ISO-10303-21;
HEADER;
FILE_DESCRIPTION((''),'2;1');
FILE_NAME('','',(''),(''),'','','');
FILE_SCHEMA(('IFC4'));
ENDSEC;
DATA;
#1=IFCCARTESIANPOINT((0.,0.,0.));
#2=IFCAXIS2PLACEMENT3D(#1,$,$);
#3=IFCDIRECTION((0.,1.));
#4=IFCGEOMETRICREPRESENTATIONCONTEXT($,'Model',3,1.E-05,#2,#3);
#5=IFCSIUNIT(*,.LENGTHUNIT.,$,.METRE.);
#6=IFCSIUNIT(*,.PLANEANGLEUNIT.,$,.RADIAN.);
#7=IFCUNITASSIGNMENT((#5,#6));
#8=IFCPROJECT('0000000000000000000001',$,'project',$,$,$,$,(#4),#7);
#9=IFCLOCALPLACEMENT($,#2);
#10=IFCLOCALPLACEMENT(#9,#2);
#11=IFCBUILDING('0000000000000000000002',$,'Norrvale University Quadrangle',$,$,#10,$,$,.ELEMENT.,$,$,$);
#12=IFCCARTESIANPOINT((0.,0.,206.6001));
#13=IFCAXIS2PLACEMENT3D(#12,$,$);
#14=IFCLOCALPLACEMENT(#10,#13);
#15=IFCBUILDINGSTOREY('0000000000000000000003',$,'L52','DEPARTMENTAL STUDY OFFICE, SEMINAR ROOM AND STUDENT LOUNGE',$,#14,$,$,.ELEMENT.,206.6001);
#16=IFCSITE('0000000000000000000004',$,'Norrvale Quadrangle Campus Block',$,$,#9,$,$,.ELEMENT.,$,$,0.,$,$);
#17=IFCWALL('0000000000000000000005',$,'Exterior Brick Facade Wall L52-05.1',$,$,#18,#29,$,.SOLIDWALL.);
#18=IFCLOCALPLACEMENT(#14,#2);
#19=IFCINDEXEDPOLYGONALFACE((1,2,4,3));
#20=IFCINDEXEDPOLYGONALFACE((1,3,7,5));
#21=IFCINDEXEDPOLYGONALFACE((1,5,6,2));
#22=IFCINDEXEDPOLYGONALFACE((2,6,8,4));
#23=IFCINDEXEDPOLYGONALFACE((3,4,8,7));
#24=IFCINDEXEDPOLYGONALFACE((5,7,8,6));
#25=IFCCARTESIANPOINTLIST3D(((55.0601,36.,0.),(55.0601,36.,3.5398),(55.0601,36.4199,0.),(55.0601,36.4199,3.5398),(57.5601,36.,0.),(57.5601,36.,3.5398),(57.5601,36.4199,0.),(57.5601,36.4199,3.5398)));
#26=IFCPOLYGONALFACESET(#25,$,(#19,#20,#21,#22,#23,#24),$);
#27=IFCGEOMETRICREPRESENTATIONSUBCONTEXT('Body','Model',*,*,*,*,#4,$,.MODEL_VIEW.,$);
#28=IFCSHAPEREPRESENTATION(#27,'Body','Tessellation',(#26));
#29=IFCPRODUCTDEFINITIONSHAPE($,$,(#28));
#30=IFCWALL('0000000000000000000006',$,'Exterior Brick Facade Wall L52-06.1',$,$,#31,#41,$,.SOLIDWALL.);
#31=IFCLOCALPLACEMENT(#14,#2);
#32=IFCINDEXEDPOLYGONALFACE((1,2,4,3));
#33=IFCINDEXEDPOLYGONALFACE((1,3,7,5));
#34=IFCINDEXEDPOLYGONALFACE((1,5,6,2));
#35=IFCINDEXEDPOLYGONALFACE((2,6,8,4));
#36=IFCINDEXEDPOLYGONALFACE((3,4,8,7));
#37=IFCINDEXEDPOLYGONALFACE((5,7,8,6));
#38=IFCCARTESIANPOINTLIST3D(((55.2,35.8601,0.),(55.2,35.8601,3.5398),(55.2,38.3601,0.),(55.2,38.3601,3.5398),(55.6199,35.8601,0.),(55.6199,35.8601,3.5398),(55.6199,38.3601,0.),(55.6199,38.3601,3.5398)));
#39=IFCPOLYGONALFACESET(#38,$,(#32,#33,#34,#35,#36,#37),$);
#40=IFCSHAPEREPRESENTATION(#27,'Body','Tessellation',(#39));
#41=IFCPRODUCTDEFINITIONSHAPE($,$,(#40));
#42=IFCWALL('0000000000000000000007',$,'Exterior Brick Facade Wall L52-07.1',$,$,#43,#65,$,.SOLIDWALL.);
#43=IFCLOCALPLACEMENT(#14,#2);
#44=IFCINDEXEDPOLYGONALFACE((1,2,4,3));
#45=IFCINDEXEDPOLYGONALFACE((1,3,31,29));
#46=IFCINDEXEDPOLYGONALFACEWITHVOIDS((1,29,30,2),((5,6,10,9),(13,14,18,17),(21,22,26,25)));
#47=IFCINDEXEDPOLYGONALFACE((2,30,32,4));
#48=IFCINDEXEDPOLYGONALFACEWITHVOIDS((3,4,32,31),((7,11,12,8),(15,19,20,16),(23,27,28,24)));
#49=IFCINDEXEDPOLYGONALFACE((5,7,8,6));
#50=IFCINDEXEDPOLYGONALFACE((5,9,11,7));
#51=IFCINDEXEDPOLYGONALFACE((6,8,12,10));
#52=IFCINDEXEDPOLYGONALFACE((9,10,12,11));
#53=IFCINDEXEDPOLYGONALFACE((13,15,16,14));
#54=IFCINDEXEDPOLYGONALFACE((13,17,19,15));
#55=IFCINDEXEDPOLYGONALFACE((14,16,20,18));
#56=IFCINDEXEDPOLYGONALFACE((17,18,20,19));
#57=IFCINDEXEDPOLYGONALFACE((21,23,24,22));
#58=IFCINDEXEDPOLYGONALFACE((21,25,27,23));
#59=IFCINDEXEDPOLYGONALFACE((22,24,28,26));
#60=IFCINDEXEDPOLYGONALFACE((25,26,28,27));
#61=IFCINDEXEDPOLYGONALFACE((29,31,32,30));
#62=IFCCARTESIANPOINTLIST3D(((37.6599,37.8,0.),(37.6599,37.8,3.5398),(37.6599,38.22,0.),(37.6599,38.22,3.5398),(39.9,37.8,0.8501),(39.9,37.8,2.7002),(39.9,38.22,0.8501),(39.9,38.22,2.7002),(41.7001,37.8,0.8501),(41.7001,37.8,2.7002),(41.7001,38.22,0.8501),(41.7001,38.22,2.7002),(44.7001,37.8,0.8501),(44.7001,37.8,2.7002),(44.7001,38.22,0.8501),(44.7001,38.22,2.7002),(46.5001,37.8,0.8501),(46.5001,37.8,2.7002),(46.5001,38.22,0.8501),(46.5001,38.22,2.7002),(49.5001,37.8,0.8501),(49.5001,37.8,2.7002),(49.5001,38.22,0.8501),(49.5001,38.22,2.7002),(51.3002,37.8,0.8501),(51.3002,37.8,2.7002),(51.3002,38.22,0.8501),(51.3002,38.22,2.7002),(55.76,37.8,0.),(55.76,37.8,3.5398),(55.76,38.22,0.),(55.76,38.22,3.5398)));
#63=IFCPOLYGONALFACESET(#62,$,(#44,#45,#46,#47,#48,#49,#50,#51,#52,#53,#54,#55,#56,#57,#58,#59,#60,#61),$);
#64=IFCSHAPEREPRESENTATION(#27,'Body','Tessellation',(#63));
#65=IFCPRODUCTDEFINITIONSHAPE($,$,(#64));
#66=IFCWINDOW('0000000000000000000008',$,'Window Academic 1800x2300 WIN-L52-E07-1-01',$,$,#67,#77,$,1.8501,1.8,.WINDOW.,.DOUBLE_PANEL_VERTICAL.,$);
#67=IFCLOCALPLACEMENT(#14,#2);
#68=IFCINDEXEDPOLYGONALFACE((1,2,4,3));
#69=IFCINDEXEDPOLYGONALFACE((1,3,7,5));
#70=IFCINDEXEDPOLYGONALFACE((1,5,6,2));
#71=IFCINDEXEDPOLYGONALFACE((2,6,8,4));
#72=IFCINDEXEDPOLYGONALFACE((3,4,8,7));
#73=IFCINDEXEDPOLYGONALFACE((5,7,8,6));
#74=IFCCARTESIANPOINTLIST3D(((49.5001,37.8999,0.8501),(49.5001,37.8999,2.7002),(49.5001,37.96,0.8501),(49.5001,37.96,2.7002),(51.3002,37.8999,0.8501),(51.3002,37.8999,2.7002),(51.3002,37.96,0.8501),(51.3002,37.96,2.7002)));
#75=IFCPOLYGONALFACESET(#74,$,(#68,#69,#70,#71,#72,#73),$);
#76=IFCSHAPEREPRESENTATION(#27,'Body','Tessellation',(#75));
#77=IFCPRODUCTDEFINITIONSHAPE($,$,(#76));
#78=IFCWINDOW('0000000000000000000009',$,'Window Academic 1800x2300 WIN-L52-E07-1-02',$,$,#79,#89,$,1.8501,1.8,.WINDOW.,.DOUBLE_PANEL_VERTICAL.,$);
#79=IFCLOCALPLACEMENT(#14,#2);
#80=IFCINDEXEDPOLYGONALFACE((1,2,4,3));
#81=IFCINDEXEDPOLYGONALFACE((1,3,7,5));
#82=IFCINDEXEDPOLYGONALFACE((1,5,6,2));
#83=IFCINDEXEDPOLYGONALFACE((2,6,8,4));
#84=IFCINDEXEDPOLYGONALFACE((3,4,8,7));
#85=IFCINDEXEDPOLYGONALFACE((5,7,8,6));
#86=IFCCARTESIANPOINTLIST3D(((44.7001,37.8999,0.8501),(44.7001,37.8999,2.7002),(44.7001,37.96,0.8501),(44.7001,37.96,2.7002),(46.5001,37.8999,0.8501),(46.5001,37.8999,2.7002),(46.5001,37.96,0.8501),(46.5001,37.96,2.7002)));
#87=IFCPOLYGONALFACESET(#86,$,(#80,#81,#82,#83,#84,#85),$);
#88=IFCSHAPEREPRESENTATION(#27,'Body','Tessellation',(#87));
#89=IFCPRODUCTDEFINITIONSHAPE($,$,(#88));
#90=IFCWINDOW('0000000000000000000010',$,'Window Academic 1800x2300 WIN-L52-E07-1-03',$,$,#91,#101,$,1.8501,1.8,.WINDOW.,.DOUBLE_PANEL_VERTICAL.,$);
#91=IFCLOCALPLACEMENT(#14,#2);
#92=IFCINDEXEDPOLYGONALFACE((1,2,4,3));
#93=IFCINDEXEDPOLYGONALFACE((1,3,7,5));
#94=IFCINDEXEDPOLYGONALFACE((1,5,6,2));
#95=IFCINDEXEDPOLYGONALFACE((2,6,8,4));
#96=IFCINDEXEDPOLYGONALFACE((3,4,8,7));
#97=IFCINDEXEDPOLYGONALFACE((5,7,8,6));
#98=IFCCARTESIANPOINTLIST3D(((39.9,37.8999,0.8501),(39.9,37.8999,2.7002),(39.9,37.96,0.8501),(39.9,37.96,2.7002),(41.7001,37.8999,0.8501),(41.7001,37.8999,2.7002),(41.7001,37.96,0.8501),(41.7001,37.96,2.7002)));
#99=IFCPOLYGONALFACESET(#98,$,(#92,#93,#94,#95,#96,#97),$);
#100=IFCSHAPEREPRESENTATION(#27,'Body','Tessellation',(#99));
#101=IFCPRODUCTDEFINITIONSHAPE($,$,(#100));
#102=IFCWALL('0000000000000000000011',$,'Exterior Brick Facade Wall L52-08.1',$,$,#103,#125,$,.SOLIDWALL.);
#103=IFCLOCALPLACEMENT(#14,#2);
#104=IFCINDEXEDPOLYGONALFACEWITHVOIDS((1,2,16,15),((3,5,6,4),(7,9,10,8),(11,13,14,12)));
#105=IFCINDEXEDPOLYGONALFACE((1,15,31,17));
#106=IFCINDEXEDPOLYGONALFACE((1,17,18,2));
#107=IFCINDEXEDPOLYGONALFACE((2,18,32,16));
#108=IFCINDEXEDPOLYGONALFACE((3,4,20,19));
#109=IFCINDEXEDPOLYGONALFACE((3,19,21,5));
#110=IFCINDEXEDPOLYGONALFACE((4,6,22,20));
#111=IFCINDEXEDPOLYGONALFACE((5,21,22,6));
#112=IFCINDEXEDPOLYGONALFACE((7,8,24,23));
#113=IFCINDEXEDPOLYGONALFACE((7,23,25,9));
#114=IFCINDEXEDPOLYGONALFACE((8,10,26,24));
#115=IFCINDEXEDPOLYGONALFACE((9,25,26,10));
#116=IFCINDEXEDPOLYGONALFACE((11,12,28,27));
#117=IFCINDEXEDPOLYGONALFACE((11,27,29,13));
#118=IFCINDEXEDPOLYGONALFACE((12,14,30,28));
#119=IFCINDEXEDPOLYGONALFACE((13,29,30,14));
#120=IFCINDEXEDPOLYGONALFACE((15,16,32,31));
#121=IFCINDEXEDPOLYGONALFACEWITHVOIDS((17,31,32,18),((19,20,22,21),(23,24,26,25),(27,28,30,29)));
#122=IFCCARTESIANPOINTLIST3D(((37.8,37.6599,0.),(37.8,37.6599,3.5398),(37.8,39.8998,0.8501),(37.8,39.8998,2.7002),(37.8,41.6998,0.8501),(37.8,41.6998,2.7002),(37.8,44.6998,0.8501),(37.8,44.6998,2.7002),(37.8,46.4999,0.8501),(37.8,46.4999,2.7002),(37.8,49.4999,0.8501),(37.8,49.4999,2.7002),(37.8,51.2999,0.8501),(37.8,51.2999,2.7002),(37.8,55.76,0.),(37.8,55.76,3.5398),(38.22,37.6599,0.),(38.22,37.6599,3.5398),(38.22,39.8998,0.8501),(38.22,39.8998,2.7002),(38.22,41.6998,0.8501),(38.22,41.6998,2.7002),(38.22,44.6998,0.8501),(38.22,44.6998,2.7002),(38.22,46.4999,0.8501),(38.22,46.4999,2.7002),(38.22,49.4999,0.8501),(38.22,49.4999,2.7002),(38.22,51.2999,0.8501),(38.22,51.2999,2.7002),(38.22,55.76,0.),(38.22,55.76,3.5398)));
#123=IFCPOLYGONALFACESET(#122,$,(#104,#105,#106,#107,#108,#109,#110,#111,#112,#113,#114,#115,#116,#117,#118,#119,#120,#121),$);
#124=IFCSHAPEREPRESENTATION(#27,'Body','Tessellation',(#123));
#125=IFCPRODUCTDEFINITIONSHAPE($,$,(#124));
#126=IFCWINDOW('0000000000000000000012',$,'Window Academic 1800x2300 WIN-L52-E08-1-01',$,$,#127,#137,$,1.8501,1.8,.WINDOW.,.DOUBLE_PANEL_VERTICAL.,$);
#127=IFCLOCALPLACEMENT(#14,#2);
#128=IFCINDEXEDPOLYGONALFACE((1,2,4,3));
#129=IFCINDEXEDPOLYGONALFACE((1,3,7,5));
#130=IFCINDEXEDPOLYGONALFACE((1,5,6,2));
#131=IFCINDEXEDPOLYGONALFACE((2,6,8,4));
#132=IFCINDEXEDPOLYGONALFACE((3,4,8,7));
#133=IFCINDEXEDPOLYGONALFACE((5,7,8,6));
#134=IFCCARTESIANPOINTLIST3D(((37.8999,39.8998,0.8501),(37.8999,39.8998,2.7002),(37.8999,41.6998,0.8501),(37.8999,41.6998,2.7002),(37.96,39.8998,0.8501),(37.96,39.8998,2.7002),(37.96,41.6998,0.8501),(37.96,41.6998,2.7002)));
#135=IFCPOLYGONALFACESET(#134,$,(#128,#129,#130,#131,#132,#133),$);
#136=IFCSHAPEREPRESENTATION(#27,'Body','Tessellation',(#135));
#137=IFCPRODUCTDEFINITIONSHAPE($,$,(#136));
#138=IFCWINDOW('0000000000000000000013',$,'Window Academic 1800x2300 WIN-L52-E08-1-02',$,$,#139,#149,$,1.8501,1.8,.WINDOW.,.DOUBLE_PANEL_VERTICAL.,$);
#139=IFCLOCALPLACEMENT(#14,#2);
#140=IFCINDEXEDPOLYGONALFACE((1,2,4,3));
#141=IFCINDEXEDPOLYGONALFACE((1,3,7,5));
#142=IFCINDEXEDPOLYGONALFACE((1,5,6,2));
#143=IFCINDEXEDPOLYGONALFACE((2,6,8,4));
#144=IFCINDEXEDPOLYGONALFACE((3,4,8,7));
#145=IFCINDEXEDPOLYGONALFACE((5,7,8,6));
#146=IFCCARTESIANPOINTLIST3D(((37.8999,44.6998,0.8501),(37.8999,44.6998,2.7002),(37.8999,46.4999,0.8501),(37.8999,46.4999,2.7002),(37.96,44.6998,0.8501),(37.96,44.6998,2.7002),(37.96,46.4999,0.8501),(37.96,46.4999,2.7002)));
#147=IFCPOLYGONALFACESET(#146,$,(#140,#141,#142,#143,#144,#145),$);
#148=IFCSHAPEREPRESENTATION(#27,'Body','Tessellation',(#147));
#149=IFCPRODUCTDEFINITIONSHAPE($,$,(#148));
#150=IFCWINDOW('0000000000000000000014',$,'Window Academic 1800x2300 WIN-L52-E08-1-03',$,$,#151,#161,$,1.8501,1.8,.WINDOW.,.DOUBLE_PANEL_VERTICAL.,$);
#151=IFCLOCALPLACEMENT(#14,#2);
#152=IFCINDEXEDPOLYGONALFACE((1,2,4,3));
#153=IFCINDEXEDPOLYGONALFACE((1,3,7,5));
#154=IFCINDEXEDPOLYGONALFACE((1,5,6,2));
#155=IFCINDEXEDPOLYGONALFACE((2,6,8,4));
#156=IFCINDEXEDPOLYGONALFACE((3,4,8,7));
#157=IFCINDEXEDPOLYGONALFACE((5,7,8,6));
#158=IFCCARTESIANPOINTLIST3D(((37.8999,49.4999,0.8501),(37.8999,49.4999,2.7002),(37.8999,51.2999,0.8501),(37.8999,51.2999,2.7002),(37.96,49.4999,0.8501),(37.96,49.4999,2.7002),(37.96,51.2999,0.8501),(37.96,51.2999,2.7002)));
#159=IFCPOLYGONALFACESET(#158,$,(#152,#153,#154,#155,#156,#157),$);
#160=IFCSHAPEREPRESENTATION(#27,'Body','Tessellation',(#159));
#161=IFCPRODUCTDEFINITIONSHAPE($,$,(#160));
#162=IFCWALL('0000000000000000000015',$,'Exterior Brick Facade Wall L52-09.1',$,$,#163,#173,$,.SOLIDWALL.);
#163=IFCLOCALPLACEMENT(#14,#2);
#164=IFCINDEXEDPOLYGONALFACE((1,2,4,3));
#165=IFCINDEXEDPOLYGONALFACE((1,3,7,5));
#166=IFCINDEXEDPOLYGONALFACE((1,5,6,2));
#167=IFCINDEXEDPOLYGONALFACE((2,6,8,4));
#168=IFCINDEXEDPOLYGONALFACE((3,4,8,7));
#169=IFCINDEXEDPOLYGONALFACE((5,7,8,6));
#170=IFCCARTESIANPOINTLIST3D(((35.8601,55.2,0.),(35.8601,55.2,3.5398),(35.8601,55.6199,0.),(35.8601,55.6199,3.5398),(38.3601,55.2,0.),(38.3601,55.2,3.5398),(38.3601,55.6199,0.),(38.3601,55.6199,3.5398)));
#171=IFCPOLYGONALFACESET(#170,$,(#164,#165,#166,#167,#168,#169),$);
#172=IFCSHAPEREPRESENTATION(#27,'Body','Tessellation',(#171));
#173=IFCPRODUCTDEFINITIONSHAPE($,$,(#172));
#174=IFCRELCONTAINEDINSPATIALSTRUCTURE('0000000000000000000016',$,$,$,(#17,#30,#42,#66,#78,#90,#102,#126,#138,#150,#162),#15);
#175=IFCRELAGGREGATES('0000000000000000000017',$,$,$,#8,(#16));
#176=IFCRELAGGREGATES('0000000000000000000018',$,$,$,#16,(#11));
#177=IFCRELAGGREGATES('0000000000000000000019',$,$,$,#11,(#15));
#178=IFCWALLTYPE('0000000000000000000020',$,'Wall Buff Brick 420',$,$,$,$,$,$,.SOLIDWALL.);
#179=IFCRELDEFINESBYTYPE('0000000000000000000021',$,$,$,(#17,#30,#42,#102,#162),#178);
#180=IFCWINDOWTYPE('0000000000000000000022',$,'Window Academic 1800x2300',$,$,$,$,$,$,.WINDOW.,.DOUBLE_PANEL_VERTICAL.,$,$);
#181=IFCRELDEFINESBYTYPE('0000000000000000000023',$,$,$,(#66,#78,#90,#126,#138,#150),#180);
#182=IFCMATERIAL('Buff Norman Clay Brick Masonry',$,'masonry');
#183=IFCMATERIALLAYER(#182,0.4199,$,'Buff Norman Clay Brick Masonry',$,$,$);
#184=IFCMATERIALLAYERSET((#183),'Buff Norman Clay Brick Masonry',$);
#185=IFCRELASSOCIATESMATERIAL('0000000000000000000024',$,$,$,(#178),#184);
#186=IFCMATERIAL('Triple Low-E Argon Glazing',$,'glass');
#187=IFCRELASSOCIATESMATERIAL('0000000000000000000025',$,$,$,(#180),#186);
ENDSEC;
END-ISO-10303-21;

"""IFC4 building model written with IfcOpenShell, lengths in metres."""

from ifc_helpers import new_model, si_unit, direction, frame, frame_2d, origin, place, context, subcontext, project, spatial, rectangle, extrude, material, layer, layer_set, type_object, element, fill, save


model = new_model("IFC4")

# Units and contexts
model_context = context("Model", 3, precision=1e-05, world=origin(), true_north=direction((0.0, 1.0)))
body_context = subcontext(model_context, "Body", "Model", "MODEL_VIEW")
ifc_project = project(units=[si_unit("LENGTHUNIT", "METRE"), si_unit("PLANEANGLEUNIT", "RADIAN")], contexts=[model_context])

# Site, building, storey
site_placement = place(None, origin())
site = spatial("IfcSite", under=ifc_project, at=site_placement, Name="Norrvale Quadrangle Campus Block", CompositionType="ELEMENT", RefElevation=0.0)
building_placement = place(site_placement, origin())
building = spatial("IfcBuilding", under=site, at=building_placement, Name="Norrvale University Quadrangle", CompositionType="ELEMENT")
storey_placement = place(building_placement, frame((0.0, 0.0, 206.6001)))
storey = spatial("IfcBuildingStorey", under=building, at=storey_placement, Name="L52", Description="DEPARTMENTAL STUDY OFFICE, SEMINAR ROOM AND STUDENT LOUNGE", CompositionType="ELEMENT", Elevation=206.6001)

# Walls
ifc_material_1 = material(Name="Buff Norman Clay Brick Masonry", Category="masonry")
ifc_layer = layer(ifc_material_1, 0.4199, Name="Buff Norman Clay Brick Masonry")
ifc_layer_set = layer_set([ifc_layer], Name="Buff Norman Clay Brick Masonry")
wall_type = type_object("IfcWallType", Name="Wall Buff Brick 420", PredefinedType="SOLIDWALL", material=ifc_layer_set)
for number, where, z_axis, x_axis, name in (
    (1, (57.5601, 36.21, 0.0), (0.0, 0.0, 1.0), (-1.0, 0.0, 0.0), "Exterior Brick Facade Wall L52-05.1"),
    (2, (55.4099, 35.8601, 0.0), (0.0, 0.0, 1.0), (0.0, 1.0, 0.0), "Exterior Brick Facade Wall L52-06.1"),
):
    element("IfcWall", number, at=place(storey_placement, frame(where, z_axis=z_axis, x_axis=x_axis)), inside=storey, type_object=wall_type, Name=name, PredefinedType="SOLIDWALL", context=body_context, shape_type="SweptSolid", body=[
        extrude(rectangle(XDim=2.5, YDim=0.4199, at=frame_2d((1.25, 0.0))), origin(), (0.0, 0.0, 1.0), 3.5398),
    ])

# Walls, openings, windows
wall_1_placement = place(storey_placement, frame((55.76, 38.01, 0.0), z_axis=(0.0, 0.0, 1.0), x_axis=(-1.0, 0.0, 0.0)))
wall_1 = element("IfcWall", 3, at=wall_1_placement, inside=storey, type_object=wall_type, Name="Exterior Brick Facade Wall L52-07.1", PredefinedType="SOLIDWALL", context=body_context, shape_type="SweptSolid", body=[
    extrude(rectangle(XDim=18.1001, YDim=0.4199, at=frame_2d((9.05, 0.0))), origin(), (0.0, 0.0, 1.0), 3.5398),
])
opening_1_placement = place(wall_1_placement, frame((4.46, 0.0, 0.8501)))
opening_1 = element("IfcOpeningElement", 4, at=opening_1_placement, cuts=wall_1, PredefinedType="OPENING", context=body_context, shape_type="SweptSolid", body=[
    extrude(rectangle(XDim=1.8, YDim=1.8501, at=frame_2d((0.8999, 0.925))), frame((0.0, 0.2219, 0.0), z_axis=(0.0, -1.0, 0.0), x_axis=(1.0, 0.0, 0.0)), (0.0, 0.0, 1.0), 0.4438),
])
opening_2_placement = place(wall_1_placement, frame((9.26, 0.0, 0.8501)))
opening_2 = element("IfcOpeningElement", 5, at=opening_2_placement, cuts=wall_1, PredefinedType="OPENING", context=body_context, shape_type="SweptSolid", body=[
    extrude(rectangle(XDim=1.8, YDim=1.8501, at=frame_2d((0.8999, 0.925))), frame((0.0, 0.2219, 0.0), z_axis=(0.0, -1.0, 0.0), x_axis=(1.0, 0.0, 0.0)), (0.0, 0.0, 1.0), 0.4438),
])
opening_3_placement = place(wall_1_placement, frame((14.0601, 0.0, 0.8501)))
opening_3 = element("IfcOpeningElement", 6, at=opening_3_placement, cuts=wall_1, PredefinedType="OPENING", context=body_context, shape_type="SweptSolid", body=[
    extrude(rectangle(XDim=1.8, YDim=1.8501, at=frame_2d((0.8999, 0.925))), frame((0.0, 0.2219, 0.0), z_axis=(0.0, -1.0, 0.0), x_axis=(1.0, 0.0, 0.0)), (0.0, 0.0, 1.0), 0.4438),
])
ifc_material_2 = material(Name="Triple Low-E Argon Glazing", Category="glass")
window_type_1 = type_object("IfcWindowType", Name="Window Academic 1800x2300", PartitioningType="DOUBLE_PANEL_VERTICAL", PredefinedType="WINDOW", material=ifc_material_2)
window_1_placement = place(opening_1_placement, origin())
window_1 = element("IfcWindow", 7, at=window_1_placement, inside=storey, type_object=window_type_1, Name="Window Academic 1800x2300 WIN-L52-E07-1-01", OverallHeight=1.8501, OverallWidth=1.8, PartitioningType="DOUBLE_PANEL_VERTICAL", PredefinedType="WINDOW", context=body_context, shape_type="SweptSolid", body=[
    extrude(rectangle(XDim=1.8, YDim=1.8501, at=frame_2d((0.8999, 0.925))), frame((0.0, 0.1101, 0.0), z_axis=(0.0, -1.0, 0.0), x_axis=(1.0, 0.0, 0.0)), (0.0, 0.0, 1.0), 0.0601),
])
fill(opening_1, window_1)
window_2_placement = place(opening_2_placement, origin())
window_2 = element("IfcWindow", 8, at=window_2_placement, inside=storey, type_object=window_type_1, Name="Window Academic 1800x2300 WIN-L52-E07-1-02", OverallHeight=1.8501, OverallWidth=1.8, PartitioningType="DOUBLE_PANEL_VERTICAL", PredefinedType="WINDOW", context=body_context, shape_type="SweptSolid", body=[
    extrude(rectangle(XDim=1.8, YDim=1.8501, at=frame_2d((0.8999, 0.925))), frame((0.0, 0.1101, 0.0), z_axis=(0.0, -1.0, 0.0), x_axis=(1.0, 0.0, 0.0)), (0.0, 0.0, 1.0), 0.0601),
])
fill(opening_2, window_2)
window_3_placement = place(opening_3_placement, origin())
window_3 = element("IfcWindow", 9, at=window_3_placement, inside=storey, type_object=window_type_1, Name="Window Academic 1800x2300 WIN-L52-E07-1-03", OverallHeight=1.8501, OverallWidth=1.8, PartitioningType="DOUBLE_PANEL_VERTICAL", PredefinedType="WINDOW", context=body_context, shape_type="SweptSolid", body=[
    extrude(rectangle(XDim=1.8, YDim=1.8501, at=frame_2d((0.8999, 0.925))), frame((0.0, 0.1101, 0.0), z_axis=(0.0, -1.0, 0.0), x_axis=(1.0, 0.0, 0.0)), (0.0, 0.0, 1.0), 0.0601),
])
fill(opening_3, window_3)
wall_2_placement = place(storey_placement, frame((38.01, 37.6599, 0.0), z_axis=(0.0, 0.0, 1.0), x_axis=(0.0, 1.0, 0.0)))
wall_2 = element("IfcWall", 10, at=wall_2_placement, inside=storey, type_object=wall_type, Name="Exterior Brick Facade Wall L52-08.1", PredefinedType="SOLIDWALL", context=body_context, shape_type="SweptSolid", body=[
    extrude(rectangle(XDim=18.1001, YDim=0.4199, at=frame_2d((9.05, 0.0))), origin(), (0.0, 0.0, 1.0), 3.5398),
])
opening_4_placement = place(wall_2_placement, frame((2.24, 0.0, 0.8501)))
opening_4 = element("IfcOpeningElement", 11, at=opening_4_placement, cuts=wall_2, PredefinedType="OPENING", context=body_context, shape_type="SweptSolid", body=[
    extrude(rectangle(XDim=1.8, YDim=1.8501, at=frame_2d((0.8999, 0.925))), frame((0.0, 0.2219, 0.0), z_axis=(0.0, -1.0, 0.0), x_axis=(1.0, 0.0, 0.0)), (0.0, 0.0, 1.0), 0.4438),
])
opening_5_placement = place(wall_2_placement, frame((7.04, 0.0, 0.8501)))
opening_5 = element("IfcOpeningElement", 12, at=opening_5_placement, cuts=wall_2, PredefinedType="OPENING", context=body_context, shape_type="SweptSolid", body=[
    extrude(rectangle(XDim=1.8, YDim=1.8501, at=frame_2d((0.8999, 0.925))), frame((0.0, 0.2219, 0.0), z_axis=(0.0, -1.0, 0.0), x_axis=(1.0, 0.0, 0.0)), (0.0, 0.0, 1.0), 0.4438),
])
opening_6_placement = place(wall_2_placement, frame((11.8401, 0.0, 0.8501)))
opening_6 = element("IfcOpeningElement", 13, at=opening_6_placement, cuts=wall_2, PredefinedType="OPENING", context=body_context, shape_type="SweptSolid", body=[
    extrude(rectangle(XDim=1.8, YDim=1.8501, at=frame_2d((0.8999, 0.925))), frame((0.0, 0.2219, 0.0), z_axis=(0.0, -1.0, 0.0), x_axis=(1.0, 0.0, 0.0)), (0.0, 0.0, 1.0), 0.4438),
])
window_4_placement = place(opening_4_placement, origin())
window_4 = element("IfcWindow", 14, at=window_4_placement, inside=storey, type_object=window_type_1, Name="Window Academic 1800x2300 WIN-L52-E08-1-01", OverallHeight=1.8501, OverallWidth=1.8, PartitioningType="DOUBLE_PANEL_VERTICAL", PredefinedType="WINDOW", context=body_context, shape_type="SweptSolid", body=[
    extrude(rectangle(XDim=1.8, YDim=1.8501, at=frame_2d((0.8999, 0.925))), frame((0.0, 0.1101, 0.0), z_axis=(0.0, -1.0, 0.0), x_axis=(1.0, 0.0, 0.0)), (0.0, 0.0, 1.0), 0.0601),
])
fill(opening_4, window_4)
window_5_placement = place(opening_5_placement, origin())
window_5 = element("IfcWindow", 15, at=window_5_placement, inside=storey, type_object=window_type_1, Name="Window Academic 1800x2300 WIN-L52-E08-1-02", OverallHeight=1.8501, OverallWidth=1.8, PartitioningType="DOUBLE_PANEL_VERTICAL", PredefinedType="WINDOW", context=body_context, shape_type="SweptSolid", body=[
    extrude(rectangle(XDim=1.8, YDim=1.8501, at=frame_2d((0.8999, 0.925))), frame((0.0, 0.1101, 0.0), z_axis=(0.0, -1.0, 0.0), x_axis=(1.0, 0.0, 0.0)), (0.0, 0.0, 1.0), 0.0601),
])
fill(opening_5, window_5)
window_6_placement = place(opening_6_placement, origin())
window_6 = element("IfcWindow", 16, at=window_6_placement, inside=storey, type_object=window_type_1, Name="Window Academic 1800x2300 WIN-L52-E08-1-03", OverallHeight=1.8501, OverallWidth=1.8, PartitioningType="DOUBLE_PANEL_VERTICAL", PredefinedType="WINDOW", context=body_context, shape_type="SweptSolid", body=[
    extrude(rectangle(XDim=1.8, YDim=1.8501, at=frame_2d((0.8999, 0.925))), frame((0.0, 0.1101, 0.0), z_axis=(0.0, -1.0, 0.0), x_axis=(1.0, 0.0, 0.0)), (0.0, 0.0, 1.0), 0.0601),
])
fill(opening_6, window_6)

# Wall
for number, where, z_axis, x_axis, name in (
    (17, (38.3601, 55.4099, 0.0), (0.0, 0.0, 1.0), (-1.0, 0.0, 0.0), "Exterior Brick Facade Wall L52-09.1"),
):
    element("IfcWall", number, at=place(storey_placement, frame(where, z_axis=z_axis, x_axis=x_axis)), inside=storey, type_object=wall_type, Name=name, PredefinedType="SOLIDWALL", context=body_context, shape_type="SweptSolid", body=[
        extrude(rectangle(XDim=2.5, YDim=0.4199, at=frame_2d((1.25, 0.0))), origin(), (0.0, 0.0, 1.0), 3.5398),
    ])

save(model, "model.ifc")
